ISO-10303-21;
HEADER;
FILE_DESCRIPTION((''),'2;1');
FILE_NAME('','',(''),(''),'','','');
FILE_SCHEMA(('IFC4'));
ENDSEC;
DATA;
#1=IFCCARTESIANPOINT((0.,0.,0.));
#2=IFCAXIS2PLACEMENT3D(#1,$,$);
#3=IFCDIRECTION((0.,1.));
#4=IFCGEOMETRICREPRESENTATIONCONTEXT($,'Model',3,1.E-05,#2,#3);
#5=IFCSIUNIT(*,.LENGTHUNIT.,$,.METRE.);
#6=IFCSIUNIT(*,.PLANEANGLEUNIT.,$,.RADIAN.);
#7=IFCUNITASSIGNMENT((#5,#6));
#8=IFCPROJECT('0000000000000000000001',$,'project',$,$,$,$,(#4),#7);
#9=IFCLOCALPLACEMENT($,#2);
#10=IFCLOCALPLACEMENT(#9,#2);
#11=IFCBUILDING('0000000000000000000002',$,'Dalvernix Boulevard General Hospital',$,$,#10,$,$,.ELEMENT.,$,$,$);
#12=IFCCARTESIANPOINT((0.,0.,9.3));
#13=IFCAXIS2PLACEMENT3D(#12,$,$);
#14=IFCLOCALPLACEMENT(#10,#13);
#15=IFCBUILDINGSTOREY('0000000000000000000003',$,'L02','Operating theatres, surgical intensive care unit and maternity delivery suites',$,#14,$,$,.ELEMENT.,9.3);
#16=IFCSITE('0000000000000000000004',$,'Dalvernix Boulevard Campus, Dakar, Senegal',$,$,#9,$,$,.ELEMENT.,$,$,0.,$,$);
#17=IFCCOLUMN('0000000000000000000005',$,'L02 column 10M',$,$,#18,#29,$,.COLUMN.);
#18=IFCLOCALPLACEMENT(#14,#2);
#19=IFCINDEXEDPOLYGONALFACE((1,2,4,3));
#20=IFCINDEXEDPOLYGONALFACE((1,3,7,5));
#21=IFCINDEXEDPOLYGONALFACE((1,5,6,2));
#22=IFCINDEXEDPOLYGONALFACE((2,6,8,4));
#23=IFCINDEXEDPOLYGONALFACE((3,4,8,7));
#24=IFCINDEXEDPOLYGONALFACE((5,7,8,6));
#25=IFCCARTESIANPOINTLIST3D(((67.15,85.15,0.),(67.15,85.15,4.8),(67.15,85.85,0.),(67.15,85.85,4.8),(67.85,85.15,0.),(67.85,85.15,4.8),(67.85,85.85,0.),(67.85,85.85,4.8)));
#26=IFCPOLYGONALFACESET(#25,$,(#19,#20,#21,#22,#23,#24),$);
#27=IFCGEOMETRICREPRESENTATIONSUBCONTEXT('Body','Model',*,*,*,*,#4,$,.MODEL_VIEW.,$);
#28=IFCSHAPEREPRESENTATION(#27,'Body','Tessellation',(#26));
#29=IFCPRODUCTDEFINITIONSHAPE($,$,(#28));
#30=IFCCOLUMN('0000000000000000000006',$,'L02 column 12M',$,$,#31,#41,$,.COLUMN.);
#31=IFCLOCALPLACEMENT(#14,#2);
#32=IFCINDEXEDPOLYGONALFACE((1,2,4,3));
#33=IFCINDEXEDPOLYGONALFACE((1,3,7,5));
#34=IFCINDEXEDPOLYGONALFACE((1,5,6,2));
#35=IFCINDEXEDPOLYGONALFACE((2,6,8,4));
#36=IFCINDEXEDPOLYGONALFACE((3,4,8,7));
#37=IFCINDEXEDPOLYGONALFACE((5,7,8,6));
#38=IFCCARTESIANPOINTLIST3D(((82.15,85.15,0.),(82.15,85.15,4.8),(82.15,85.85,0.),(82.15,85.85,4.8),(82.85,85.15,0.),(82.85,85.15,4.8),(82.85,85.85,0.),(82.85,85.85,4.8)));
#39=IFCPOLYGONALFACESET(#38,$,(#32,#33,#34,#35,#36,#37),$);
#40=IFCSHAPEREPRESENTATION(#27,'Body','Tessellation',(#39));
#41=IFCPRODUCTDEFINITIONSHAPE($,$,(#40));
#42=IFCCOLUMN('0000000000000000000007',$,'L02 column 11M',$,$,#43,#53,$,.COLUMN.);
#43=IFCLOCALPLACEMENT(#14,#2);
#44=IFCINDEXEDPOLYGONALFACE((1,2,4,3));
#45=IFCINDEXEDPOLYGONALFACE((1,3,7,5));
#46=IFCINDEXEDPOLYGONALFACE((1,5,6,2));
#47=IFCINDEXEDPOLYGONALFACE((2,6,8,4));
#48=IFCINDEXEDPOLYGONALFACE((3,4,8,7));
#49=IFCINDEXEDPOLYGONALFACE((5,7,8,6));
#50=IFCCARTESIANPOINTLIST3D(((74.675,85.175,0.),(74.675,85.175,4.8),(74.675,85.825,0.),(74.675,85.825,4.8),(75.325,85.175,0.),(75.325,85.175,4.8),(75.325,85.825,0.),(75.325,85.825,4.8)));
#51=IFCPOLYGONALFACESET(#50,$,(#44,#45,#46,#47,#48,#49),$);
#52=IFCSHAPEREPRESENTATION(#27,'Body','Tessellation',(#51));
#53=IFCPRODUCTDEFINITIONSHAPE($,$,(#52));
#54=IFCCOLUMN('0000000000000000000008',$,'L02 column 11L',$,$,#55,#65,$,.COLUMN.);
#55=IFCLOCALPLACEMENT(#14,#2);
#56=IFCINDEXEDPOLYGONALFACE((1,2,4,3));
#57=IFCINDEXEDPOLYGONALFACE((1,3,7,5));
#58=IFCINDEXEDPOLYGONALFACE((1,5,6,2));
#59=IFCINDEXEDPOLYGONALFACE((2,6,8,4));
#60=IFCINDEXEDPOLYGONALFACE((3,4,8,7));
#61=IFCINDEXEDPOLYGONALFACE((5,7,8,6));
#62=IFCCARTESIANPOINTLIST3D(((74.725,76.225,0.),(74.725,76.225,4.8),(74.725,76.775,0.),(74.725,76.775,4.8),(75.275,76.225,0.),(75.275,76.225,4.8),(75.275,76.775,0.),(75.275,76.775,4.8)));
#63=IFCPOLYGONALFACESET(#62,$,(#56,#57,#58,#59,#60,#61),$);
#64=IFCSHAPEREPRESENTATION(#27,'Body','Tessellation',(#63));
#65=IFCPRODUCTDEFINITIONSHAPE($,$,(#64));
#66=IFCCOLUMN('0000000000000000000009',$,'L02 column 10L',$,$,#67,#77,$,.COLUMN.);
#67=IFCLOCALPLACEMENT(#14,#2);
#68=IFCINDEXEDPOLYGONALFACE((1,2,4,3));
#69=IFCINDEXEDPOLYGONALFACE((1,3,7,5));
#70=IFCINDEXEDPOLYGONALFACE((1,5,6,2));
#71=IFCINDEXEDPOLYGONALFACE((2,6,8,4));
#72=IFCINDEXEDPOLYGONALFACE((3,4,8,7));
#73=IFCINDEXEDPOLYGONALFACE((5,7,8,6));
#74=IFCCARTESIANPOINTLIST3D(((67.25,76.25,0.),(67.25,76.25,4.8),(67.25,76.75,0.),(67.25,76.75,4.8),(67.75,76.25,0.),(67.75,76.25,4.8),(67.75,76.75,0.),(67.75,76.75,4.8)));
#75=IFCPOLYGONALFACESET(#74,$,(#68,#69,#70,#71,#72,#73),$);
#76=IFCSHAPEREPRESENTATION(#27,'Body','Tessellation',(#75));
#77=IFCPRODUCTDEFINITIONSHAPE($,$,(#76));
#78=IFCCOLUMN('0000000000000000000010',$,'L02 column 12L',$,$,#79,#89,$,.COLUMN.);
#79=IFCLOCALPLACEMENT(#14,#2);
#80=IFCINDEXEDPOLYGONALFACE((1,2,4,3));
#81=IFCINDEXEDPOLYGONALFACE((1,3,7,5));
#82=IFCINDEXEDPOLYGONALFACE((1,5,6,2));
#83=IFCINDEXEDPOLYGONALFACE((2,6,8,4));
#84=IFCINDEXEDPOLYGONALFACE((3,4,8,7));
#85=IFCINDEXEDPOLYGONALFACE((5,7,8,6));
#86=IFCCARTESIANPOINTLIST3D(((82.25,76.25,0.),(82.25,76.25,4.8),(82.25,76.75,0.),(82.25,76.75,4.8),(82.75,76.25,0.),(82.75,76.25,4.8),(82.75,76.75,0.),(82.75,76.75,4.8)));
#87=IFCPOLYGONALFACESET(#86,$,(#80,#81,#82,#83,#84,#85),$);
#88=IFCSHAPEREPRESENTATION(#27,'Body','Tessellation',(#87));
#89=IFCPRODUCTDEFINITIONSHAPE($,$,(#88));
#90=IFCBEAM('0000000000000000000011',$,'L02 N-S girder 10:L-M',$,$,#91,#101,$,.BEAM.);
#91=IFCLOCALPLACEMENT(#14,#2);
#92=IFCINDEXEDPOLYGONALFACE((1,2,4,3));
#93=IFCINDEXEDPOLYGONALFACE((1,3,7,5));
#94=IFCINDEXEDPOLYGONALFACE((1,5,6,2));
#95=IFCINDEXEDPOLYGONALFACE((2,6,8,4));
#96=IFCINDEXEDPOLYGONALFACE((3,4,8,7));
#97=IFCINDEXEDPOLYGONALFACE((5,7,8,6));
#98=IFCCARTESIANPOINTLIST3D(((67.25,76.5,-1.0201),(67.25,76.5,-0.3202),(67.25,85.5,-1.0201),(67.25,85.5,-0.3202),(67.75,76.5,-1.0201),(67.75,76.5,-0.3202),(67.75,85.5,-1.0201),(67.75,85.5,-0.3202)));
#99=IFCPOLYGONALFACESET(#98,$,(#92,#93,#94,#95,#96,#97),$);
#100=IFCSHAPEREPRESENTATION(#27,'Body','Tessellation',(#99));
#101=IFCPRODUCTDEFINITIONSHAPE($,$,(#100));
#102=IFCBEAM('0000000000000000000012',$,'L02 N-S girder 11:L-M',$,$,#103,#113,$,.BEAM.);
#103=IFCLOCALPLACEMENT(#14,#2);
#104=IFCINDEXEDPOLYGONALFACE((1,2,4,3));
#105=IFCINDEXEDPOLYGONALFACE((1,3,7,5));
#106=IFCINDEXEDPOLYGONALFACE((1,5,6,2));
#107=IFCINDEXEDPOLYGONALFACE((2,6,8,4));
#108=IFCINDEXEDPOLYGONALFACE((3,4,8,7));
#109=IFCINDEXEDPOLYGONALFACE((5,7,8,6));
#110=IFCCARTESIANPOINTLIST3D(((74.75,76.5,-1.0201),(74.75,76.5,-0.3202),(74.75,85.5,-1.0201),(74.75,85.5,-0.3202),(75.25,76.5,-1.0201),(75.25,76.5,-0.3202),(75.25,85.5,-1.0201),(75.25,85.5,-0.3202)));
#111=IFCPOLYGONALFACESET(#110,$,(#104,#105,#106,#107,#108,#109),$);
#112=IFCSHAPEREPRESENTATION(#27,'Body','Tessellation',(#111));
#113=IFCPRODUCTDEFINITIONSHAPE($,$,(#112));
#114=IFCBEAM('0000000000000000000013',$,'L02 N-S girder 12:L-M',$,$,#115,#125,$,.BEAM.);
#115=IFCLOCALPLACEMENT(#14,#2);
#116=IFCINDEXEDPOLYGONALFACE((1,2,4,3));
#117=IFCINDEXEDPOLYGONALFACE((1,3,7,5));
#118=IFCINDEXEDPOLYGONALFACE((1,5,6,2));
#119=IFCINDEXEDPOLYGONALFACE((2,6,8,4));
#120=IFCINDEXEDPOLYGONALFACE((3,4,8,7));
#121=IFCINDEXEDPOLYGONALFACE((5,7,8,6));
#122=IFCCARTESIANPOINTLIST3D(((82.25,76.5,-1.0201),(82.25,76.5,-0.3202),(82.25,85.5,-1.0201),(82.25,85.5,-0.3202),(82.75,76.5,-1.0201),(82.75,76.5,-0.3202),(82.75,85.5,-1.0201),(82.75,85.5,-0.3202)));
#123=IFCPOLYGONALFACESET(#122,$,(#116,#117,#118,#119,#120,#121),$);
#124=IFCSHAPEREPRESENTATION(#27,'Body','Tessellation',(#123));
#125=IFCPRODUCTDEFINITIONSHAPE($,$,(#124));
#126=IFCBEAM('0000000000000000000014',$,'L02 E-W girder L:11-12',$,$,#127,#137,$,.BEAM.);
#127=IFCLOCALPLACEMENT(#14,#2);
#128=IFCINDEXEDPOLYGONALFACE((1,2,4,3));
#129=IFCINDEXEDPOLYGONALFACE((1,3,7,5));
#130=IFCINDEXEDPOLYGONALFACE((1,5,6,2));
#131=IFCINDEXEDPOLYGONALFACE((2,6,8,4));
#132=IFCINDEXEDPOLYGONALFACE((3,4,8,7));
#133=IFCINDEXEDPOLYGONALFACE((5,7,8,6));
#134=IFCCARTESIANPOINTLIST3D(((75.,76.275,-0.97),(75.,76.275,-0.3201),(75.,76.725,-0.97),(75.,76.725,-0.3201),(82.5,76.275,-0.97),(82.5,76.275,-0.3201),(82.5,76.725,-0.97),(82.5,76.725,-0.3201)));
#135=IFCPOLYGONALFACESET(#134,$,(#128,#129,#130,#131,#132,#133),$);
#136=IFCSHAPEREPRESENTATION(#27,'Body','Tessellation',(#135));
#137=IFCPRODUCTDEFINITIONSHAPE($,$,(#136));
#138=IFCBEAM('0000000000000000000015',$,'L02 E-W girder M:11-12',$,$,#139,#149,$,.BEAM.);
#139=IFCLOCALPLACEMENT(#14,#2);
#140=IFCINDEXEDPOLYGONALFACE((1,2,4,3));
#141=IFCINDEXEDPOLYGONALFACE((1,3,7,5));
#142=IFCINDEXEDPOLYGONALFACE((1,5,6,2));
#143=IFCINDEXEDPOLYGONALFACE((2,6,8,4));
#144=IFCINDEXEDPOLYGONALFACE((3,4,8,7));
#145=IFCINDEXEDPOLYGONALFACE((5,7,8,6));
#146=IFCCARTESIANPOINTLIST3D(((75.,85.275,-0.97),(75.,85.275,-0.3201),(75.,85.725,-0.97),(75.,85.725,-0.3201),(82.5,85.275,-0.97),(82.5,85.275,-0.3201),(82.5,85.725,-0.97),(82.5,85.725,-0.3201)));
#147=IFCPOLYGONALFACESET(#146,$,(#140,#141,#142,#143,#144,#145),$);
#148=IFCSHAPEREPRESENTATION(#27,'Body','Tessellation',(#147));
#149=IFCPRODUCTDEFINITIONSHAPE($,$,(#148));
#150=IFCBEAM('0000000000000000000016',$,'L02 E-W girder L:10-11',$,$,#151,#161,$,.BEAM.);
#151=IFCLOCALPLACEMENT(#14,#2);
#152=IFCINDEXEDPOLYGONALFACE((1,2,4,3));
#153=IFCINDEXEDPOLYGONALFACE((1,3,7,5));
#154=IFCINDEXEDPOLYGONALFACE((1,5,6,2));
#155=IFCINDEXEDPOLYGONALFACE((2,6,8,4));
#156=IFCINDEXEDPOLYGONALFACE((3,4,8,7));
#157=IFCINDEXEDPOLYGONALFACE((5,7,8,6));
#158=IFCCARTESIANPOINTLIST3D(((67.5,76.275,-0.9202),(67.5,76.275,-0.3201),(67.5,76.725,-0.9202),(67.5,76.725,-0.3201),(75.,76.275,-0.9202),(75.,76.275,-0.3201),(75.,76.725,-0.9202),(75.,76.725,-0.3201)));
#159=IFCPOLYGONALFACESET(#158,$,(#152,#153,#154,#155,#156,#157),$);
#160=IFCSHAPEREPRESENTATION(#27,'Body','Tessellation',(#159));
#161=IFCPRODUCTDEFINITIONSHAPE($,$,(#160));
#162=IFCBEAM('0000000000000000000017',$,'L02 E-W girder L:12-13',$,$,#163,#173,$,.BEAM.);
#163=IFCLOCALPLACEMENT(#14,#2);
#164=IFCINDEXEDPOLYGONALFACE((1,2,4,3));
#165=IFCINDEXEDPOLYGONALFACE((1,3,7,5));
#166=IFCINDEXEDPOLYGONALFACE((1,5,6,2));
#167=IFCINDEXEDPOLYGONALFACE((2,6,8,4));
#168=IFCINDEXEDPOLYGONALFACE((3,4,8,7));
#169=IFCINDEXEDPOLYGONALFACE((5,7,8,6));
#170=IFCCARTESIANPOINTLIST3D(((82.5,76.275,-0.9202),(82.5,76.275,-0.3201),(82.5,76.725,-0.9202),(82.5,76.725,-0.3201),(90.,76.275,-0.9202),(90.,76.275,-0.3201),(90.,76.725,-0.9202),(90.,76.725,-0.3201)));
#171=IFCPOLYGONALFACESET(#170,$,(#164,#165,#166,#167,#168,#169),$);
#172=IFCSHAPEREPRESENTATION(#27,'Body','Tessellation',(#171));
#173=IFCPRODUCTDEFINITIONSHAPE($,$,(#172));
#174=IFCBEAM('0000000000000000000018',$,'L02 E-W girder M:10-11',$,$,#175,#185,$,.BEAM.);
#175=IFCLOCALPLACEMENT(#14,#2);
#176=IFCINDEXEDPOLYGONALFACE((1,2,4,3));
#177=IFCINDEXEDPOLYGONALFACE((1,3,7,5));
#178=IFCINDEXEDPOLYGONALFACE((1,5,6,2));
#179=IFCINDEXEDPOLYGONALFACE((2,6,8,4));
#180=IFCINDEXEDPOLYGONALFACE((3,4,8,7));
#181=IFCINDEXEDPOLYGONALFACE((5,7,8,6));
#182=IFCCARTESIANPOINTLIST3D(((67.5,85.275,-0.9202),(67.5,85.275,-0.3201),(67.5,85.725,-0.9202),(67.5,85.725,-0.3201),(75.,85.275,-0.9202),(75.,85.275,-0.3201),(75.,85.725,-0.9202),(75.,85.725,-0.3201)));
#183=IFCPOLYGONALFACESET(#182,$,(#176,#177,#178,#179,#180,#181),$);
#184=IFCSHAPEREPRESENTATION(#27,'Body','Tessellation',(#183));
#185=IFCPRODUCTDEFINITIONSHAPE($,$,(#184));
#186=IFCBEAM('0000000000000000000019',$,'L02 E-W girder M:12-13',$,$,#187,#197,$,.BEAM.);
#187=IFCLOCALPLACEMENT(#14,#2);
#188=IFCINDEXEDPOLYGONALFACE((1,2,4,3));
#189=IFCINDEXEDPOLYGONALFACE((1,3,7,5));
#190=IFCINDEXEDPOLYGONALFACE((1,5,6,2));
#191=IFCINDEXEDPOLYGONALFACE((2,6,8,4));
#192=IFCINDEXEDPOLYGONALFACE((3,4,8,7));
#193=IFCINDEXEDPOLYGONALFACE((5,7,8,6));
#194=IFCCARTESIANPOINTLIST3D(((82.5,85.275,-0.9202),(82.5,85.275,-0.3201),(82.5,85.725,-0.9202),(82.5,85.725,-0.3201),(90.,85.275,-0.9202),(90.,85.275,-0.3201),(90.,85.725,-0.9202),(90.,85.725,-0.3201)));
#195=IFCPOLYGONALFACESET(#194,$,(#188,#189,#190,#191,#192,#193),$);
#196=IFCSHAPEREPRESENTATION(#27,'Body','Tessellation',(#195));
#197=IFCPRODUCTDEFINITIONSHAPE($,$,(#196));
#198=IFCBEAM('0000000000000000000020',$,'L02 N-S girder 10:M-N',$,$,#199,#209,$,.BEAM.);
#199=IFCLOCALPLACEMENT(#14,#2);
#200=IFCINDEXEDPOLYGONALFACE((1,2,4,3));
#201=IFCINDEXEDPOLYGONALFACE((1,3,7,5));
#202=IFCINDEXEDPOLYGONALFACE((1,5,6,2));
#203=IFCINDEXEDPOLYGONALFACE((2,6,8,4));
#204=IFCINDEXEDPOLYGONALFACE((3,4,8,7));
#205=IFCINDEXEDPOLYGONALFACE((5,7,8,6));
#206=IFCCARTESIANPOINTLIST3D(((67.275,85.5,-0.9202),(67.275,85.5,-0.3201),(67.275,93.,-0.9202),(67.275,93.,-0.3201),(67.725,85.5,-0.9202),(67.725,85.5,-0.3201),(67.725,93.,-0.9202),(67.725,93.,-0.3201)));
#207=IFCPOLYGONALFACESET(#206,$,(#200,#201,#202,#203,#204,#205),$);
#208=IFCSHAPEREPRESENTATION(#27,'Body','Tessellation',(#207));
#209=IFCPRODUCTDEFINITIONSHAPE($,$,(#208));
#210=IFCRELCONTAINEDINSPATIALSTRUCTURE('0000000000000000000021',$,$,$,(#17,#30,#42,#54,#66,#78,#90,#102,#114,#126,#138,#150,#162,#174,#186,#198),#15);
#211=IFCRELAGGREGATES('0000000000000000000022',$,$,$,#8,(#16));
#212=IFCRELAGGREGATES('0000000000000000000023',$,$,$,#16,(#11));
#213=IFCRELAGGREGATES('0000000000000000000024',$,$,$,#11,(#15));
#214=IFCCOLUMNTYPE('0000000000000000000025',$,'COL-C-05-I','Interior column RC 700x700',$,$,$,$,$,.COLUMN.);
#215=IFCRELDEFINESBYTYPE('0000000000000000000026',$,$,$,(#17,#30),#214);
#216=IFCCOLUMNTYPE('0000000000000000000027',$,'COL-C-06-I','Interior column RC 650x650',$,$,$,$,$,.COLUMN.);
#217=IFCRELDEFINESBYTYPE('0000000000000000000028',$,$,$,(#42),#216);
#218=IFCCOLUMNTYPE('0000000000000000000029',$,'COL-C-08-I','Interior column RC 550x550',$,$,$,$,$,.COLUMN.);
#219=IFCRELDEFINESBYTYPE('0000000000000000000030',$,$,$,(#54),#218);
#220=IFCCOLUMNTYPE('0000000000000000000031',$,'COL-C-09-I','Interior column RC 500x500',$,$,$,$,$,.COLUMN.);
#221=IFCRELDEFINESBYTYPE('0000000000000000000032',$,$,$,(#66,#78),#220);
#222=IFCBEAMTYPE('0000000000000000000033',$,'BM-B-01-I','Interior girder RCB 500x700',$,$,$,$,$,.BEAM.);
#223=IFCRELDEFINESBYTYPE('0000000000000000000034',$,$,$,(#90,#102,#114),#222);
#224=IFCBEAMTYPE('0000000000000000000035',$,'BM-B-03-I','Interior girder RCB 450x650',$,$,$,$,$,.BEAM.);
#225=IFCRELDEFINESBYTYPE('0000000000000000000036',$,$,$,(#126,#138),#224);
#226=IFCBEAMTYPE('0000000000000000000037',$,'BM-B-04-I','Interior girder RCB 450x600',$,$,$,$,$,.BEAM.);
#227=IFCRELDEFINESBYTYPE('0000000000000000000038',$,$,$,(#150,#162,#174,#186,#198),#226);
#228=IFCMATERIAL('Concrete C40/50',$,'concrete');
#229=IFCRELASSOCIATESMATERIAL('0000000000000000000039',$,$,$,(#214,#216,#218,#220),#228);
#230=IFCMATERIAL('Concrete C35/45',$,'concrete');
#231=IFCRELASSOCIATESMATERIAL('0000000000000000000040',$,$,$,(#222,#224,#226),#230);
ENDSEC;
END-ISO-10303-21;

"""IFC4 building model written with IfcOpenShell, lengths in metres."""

from ifc_helpers import new_model, si_unit, direction, frame, origin, origin_2d, place, context, subcontext, project, spatial, rectangle, extrude, material, material_profile, profile_set, type_object, element, save


model = new_model("IFC4")

# Units and contexts
model_context = context("Model", 3, precision=1e-05, world=origin(), true_north=direction((0.0, 1.0)))
body_context = subcontext(model_context, "Body", "Model", "MODEL_VIEW")
ifc_project = project(units=[si_unit("LENGTHUNIT", "METRE"), si_unit("PLANEANGLEUNIT", "RADIAN")], contexts=[model_context])

# Site, building, storey
site_placement = place(None, origin())
site = spatial("IfcSite", under=ifc_project, at=site_placement, Name="Dalvernix Boulevard Campus, Dakar, Senegal", CompositionType="ELEMENT", RefElevation=0.0)
building_placement = place(site_placement, origin())
building = spatial("IfcBuilding", under=site, at=building_placement, Name="Dalvernix Boulevard General Hospital", CompositionType="ELEMENT")
storey_placement = place(building_placement, frame((0.0, 0.0, 9.3)))
storey = spatial("IfcBuildingStorey", under=building, at=storey_placement, Name="L02", Description="Operating theatres, surgical intensive care unit and maternity delivery suites", CompositionType="ELEMENT", Elevation=9.3)

# Columns
ifc_material_1 = material(Name="Concrete C40/50", Category="concrete")
ifc_material_profile_1 = material_profile(ifc_material_1, rectangle(XDim=0.7, YDim=0.7, at=origin_2d()), Name="RC 700x700")
ifc_profile_set_1 = profile_set([ifc_material_profile_1], Name="Concrete C40/50")
column_type_1 = type_object("IfcColumnType", Name="COL-C-05-I", Description="Interior column RC 700x700", PredefinedType="COLUMN", material=ifc_profile_set_1)
for number, where, z_axis, x_axis, name in (
    (1, (67.5, 85.5, 0.0), (0.0, 0.0, 1.0), (1.0, 0.0, 0.0), "L02 column 10M"),
    (2, (82.5, 85.5, 0.0), (0.0, 0.0, 1.0), (1.0, 0.0, 0.0), "L02 column 12M"),
):
    element("IfcColumn", number, at=place(storey_placement, frame(where, z_axis=z_axis, x_axis=x_axis)), inside=storey, type_object=column_type_1, Name=name, PredefinedType="COLUMN", context=body_context, shape_type="SweptSolid", body=[
        extrude(rectangle(XDim=0.7, YDim=0.7, at=origin_2d()), origin(), (0.0, 0.0, 1.0), 4.8),
    ])
ifc_material_profile_2 = material_profile(ifc_material_1, rectangle(XDim=0.6499, YDim=0.6499, at=origin_2d()), Name="RC 650x650")
ifc_profile_set_2 = profile_set([ifc_material_profile_2], Name="Concrete C40/50")
column_type_2 = type_object("IfcColumnType", Name="COL-C-06-I", Description="Interior column RC 650x650", PredefinedType="COLUMN", material=ifc_profile_set_2)
column_1_placement = place(storey_placement, frame((75.0, 85.5, 0.0), z_axis=(0.0, 0.0, 1.0), x_axis=(1.0, 0.0, 0.0)))
element("IfcColumn", 3, at=column_1_placement, inside=storey, type_object=column_type_2, Name="L02 column 11M", PredefinedType="COLUMN", context=body_context, shape_type="SweptSolid", body=[
    extrude(rectangle(XDim=0.6499, YDim=0.6499, at=origin_2d()), origin(), (0.0, 0.0, 1.0), 4.8),
])
ifc_material_profile_3 = material_profile(ifc_material_1, rectangle(XDim=0.55, YDim=0.55, at=origin_2d()), Name="RC 550x550")
ifc_profile_set_3 = profile_set([ifc_material_profile_3], Name="Concrete C40/50")
column_type_3 = type_object("IfcColumnType", Name="COL-C-08-I", Description="Interior column RC 550x550", PredefinedType="COLUMN", material=ifc_profile_set_3)
column_2_placement = place(storey_placement, frame((75.0, 76.5, 0.0), z_axis=(0.0, 0.0, 1.0), x_axis=(1.0, 0.0, 0.0)))
element("IfcColumn", 4, at=column_2_placement, inside=storey, type_object=column_type_3, Name="L02 column 11L", PredefinedType="COLUMN", context=body_context, shape_type="SweptSolid", body=[
    extrude(rectangle(XDim=0.55, YDim=0.55, at=origin_2d()), origin(), (0.0, 0.0, 1.0), 4.8),
])
ifc_material_profile_4 = material_profile(ifc_material_1, rectangle(XDim=0.5, YDim=0.5, at=origin_2d()), Name="RC 500x500")
ifc_profile_set_4 = profile_set([ifc_material_profile_4], Name="Concrete C40/50")
column_type_4 = type_object("IfcColumnType", Name="COL-C-09-I", Description="Interior column RC 500x500", PredefinedType="COLUMN", material=ifc_profile_set_4)
for number, where, z_axis, x_axis, name in (
    (5, (67.5, 76.5, 0.0), (0.0, 0.0, 1.0), (1.0, 0.0, 0.0), "L02 column 10L"),
    (6, (82.5, 76.5, 0.0), (0.0, 0.0, 1.0), (1.0, 0.0, 0.0), "L02 column 12L"),
):
    element("IfcColumn", number, at=place(storey_placement, frame(where, z_axis=z_axis, x_axis=x_axis)), inside=storey, type_object=column_type_4, Name=name, PredefinedType="COLUMN", context=body_context, shape_type="SweptSolid", body=[
        extrude(rectangle(XDim=0.5, YDim=0.5, at=origin_2d()), origin(), (0.0, 0.0, 1.0), 4.8),
    ])

# Beams
ifc_material_2 = material(Name="Concrete C35/45", Category="concrete")
ifc_material_profile_5 = material_profile(ifc_material_2, rectangle(XDim=0.5, YDim=0.7, at=origin_2d()), Name="RCB 500x700")
ifc_profile_set_5 = profile_set([ifc_material_profile_5], Name="Concrete C35/45")
beam_type_1 = type_object("IfcBeamType", Name="BM-B-01-I", Description="Interior girder RCB 500x700", PredefinedType="BEAM", material=ifc_profile_set_5)
for number, where, z_axis, x_axis, name in (
    (7, (67.5, 76.5, -0.6702), (0.0, 1.0, 0.0), (-1.0, 0.0, 0.0), "L02 N-S girder 10:L-M"),
    (8, (75.0, 76.5, -0.6702), (0.0, 1.0, 0.0), (-1.0, 0.0, 0.0), "L02 N-S girder 11:L-M"),
    (9, (82.5, 76.5, -0.6702), (0.0, 1.0, 0.0), (-1.0, 0.0, 0.0), "L02 N-S girder 12:L-M"),
):
    element("IfcBeam", number, at=place(storey_placement, frame(where, z_axis=z_axis, x_axis=x_axis)), inside=storey, type_object=beam_type_1, Name=name, PredefinedType="BEAM", context=body_context, shape_type="SweptSolid", body=[
        extrude(rectangle(XDim=0.5, YDim=0.7, at=origin_2d()), origin(), (0.0, 0.0, 1.0), 9.0),
    ])
ifc_material_profile_6 = material_profile(ifc_material_2, rectangle(XDim=0.45, YDim=0.6499, at=origin_2d()), Name="RCB 450x650")
ifc_profile_set_6 = profile_set([ifc_material_profile_6], Name="Concrete C35/45")
beam_type_2 = type_object("IfcBeamType", Name="BM-B-03-I", Description="Interior girder RCB 450x650", PredefinedType="BEAM", material=ifc_profile_set_6)
for number, where, z_axis, x_axis, name in (
    (10, (75.0, 76.5, -0.645), (1.0, 0.0, 0.0), (0.0, 1.0, 0.0), "L02 E-W girder L:11-12"),
    (11, (75.0, 85.5, -0.645), (1.0, 0.0, 0.0), (0.0, 1.0, 0.0), "L02 E-W girder M:11-12"),
):
    element("IfcBeam", number, at=place(storey_placement, frame(where, z_axis=z_axis, x_axis=x_axis)), inside=storey, type_object=beam_type_2, Name=name, PredefinedType="BEAM", context=body_context, shape_type="SweptSolid", body=[
        extrude(rectangle(XDim=0.45, YDim=0.6499, at=origin_2d()), origin(), (0.0, 0.0, 1.0), 7.5),
    ])
ifc_material_profile_7 = material_profile(ifc_material_2, rectangle(XDim=0.45, YDim=0.6001, at=origin_2d()), Name="RCB 450x600")
ifc_profile_set_7 = profile_set([ifc_material_profile_7], Name="Concrete C35/45")
beam_type_3 = type_object("IfcBeamType", Name="BM-B-04-I", Description="Interior girder RCB 450x600", PredefinedType="BEAM", material=ifc_profile_set_7)
for number, where, z_axis, x_axis, name in (
    (12, (67.5, 76.5, -0.6201), (1.0, 0.0, 0.0), (0.0, 1.0, 0.0), "L02 E-W girder L:10-11"),
    (13, (82.5, 76.5, -0.6201), (1.0, 0.0, 0.0), (0.0, 1.0, 0.0), "L02 E-W girder L:12-13"),
    (14, (67.5, 85.5, -0.6201), (1.0, 0.0, 0.0), (0.0, 1.0, 0.0), "L02 E-W girder M:10-11"),
    (15, (82.5, 85.5, -0.6201), (1.0, 0.0, 0.0), (0.0, 1.0, 0.0), "L02 E-W girder M:12-13"),
    (16, (67.5, 85.5, -0.6201), (0.0, 1.0, 0.0), (-1.0, 0.0, 0.0), "L02 N-S girder 10:M-N"),
):
    element("IfcBeam", number, at=place(storey_placement, frame(where, z_axis=z_axis, x_axis=x_axis)), inside=storey, type_object=beam_type_3, Name=name, PredefinedType="BEAM", context=body_context, shape_type="SweptSolid", body=[
        extrude(rectangle(XDim=0.45, YDim=0.6001, at=origin_2d()), origin(), (0.0, 0.0, 1.0), 7.5),
    ])

save(model, "model.ifc")
